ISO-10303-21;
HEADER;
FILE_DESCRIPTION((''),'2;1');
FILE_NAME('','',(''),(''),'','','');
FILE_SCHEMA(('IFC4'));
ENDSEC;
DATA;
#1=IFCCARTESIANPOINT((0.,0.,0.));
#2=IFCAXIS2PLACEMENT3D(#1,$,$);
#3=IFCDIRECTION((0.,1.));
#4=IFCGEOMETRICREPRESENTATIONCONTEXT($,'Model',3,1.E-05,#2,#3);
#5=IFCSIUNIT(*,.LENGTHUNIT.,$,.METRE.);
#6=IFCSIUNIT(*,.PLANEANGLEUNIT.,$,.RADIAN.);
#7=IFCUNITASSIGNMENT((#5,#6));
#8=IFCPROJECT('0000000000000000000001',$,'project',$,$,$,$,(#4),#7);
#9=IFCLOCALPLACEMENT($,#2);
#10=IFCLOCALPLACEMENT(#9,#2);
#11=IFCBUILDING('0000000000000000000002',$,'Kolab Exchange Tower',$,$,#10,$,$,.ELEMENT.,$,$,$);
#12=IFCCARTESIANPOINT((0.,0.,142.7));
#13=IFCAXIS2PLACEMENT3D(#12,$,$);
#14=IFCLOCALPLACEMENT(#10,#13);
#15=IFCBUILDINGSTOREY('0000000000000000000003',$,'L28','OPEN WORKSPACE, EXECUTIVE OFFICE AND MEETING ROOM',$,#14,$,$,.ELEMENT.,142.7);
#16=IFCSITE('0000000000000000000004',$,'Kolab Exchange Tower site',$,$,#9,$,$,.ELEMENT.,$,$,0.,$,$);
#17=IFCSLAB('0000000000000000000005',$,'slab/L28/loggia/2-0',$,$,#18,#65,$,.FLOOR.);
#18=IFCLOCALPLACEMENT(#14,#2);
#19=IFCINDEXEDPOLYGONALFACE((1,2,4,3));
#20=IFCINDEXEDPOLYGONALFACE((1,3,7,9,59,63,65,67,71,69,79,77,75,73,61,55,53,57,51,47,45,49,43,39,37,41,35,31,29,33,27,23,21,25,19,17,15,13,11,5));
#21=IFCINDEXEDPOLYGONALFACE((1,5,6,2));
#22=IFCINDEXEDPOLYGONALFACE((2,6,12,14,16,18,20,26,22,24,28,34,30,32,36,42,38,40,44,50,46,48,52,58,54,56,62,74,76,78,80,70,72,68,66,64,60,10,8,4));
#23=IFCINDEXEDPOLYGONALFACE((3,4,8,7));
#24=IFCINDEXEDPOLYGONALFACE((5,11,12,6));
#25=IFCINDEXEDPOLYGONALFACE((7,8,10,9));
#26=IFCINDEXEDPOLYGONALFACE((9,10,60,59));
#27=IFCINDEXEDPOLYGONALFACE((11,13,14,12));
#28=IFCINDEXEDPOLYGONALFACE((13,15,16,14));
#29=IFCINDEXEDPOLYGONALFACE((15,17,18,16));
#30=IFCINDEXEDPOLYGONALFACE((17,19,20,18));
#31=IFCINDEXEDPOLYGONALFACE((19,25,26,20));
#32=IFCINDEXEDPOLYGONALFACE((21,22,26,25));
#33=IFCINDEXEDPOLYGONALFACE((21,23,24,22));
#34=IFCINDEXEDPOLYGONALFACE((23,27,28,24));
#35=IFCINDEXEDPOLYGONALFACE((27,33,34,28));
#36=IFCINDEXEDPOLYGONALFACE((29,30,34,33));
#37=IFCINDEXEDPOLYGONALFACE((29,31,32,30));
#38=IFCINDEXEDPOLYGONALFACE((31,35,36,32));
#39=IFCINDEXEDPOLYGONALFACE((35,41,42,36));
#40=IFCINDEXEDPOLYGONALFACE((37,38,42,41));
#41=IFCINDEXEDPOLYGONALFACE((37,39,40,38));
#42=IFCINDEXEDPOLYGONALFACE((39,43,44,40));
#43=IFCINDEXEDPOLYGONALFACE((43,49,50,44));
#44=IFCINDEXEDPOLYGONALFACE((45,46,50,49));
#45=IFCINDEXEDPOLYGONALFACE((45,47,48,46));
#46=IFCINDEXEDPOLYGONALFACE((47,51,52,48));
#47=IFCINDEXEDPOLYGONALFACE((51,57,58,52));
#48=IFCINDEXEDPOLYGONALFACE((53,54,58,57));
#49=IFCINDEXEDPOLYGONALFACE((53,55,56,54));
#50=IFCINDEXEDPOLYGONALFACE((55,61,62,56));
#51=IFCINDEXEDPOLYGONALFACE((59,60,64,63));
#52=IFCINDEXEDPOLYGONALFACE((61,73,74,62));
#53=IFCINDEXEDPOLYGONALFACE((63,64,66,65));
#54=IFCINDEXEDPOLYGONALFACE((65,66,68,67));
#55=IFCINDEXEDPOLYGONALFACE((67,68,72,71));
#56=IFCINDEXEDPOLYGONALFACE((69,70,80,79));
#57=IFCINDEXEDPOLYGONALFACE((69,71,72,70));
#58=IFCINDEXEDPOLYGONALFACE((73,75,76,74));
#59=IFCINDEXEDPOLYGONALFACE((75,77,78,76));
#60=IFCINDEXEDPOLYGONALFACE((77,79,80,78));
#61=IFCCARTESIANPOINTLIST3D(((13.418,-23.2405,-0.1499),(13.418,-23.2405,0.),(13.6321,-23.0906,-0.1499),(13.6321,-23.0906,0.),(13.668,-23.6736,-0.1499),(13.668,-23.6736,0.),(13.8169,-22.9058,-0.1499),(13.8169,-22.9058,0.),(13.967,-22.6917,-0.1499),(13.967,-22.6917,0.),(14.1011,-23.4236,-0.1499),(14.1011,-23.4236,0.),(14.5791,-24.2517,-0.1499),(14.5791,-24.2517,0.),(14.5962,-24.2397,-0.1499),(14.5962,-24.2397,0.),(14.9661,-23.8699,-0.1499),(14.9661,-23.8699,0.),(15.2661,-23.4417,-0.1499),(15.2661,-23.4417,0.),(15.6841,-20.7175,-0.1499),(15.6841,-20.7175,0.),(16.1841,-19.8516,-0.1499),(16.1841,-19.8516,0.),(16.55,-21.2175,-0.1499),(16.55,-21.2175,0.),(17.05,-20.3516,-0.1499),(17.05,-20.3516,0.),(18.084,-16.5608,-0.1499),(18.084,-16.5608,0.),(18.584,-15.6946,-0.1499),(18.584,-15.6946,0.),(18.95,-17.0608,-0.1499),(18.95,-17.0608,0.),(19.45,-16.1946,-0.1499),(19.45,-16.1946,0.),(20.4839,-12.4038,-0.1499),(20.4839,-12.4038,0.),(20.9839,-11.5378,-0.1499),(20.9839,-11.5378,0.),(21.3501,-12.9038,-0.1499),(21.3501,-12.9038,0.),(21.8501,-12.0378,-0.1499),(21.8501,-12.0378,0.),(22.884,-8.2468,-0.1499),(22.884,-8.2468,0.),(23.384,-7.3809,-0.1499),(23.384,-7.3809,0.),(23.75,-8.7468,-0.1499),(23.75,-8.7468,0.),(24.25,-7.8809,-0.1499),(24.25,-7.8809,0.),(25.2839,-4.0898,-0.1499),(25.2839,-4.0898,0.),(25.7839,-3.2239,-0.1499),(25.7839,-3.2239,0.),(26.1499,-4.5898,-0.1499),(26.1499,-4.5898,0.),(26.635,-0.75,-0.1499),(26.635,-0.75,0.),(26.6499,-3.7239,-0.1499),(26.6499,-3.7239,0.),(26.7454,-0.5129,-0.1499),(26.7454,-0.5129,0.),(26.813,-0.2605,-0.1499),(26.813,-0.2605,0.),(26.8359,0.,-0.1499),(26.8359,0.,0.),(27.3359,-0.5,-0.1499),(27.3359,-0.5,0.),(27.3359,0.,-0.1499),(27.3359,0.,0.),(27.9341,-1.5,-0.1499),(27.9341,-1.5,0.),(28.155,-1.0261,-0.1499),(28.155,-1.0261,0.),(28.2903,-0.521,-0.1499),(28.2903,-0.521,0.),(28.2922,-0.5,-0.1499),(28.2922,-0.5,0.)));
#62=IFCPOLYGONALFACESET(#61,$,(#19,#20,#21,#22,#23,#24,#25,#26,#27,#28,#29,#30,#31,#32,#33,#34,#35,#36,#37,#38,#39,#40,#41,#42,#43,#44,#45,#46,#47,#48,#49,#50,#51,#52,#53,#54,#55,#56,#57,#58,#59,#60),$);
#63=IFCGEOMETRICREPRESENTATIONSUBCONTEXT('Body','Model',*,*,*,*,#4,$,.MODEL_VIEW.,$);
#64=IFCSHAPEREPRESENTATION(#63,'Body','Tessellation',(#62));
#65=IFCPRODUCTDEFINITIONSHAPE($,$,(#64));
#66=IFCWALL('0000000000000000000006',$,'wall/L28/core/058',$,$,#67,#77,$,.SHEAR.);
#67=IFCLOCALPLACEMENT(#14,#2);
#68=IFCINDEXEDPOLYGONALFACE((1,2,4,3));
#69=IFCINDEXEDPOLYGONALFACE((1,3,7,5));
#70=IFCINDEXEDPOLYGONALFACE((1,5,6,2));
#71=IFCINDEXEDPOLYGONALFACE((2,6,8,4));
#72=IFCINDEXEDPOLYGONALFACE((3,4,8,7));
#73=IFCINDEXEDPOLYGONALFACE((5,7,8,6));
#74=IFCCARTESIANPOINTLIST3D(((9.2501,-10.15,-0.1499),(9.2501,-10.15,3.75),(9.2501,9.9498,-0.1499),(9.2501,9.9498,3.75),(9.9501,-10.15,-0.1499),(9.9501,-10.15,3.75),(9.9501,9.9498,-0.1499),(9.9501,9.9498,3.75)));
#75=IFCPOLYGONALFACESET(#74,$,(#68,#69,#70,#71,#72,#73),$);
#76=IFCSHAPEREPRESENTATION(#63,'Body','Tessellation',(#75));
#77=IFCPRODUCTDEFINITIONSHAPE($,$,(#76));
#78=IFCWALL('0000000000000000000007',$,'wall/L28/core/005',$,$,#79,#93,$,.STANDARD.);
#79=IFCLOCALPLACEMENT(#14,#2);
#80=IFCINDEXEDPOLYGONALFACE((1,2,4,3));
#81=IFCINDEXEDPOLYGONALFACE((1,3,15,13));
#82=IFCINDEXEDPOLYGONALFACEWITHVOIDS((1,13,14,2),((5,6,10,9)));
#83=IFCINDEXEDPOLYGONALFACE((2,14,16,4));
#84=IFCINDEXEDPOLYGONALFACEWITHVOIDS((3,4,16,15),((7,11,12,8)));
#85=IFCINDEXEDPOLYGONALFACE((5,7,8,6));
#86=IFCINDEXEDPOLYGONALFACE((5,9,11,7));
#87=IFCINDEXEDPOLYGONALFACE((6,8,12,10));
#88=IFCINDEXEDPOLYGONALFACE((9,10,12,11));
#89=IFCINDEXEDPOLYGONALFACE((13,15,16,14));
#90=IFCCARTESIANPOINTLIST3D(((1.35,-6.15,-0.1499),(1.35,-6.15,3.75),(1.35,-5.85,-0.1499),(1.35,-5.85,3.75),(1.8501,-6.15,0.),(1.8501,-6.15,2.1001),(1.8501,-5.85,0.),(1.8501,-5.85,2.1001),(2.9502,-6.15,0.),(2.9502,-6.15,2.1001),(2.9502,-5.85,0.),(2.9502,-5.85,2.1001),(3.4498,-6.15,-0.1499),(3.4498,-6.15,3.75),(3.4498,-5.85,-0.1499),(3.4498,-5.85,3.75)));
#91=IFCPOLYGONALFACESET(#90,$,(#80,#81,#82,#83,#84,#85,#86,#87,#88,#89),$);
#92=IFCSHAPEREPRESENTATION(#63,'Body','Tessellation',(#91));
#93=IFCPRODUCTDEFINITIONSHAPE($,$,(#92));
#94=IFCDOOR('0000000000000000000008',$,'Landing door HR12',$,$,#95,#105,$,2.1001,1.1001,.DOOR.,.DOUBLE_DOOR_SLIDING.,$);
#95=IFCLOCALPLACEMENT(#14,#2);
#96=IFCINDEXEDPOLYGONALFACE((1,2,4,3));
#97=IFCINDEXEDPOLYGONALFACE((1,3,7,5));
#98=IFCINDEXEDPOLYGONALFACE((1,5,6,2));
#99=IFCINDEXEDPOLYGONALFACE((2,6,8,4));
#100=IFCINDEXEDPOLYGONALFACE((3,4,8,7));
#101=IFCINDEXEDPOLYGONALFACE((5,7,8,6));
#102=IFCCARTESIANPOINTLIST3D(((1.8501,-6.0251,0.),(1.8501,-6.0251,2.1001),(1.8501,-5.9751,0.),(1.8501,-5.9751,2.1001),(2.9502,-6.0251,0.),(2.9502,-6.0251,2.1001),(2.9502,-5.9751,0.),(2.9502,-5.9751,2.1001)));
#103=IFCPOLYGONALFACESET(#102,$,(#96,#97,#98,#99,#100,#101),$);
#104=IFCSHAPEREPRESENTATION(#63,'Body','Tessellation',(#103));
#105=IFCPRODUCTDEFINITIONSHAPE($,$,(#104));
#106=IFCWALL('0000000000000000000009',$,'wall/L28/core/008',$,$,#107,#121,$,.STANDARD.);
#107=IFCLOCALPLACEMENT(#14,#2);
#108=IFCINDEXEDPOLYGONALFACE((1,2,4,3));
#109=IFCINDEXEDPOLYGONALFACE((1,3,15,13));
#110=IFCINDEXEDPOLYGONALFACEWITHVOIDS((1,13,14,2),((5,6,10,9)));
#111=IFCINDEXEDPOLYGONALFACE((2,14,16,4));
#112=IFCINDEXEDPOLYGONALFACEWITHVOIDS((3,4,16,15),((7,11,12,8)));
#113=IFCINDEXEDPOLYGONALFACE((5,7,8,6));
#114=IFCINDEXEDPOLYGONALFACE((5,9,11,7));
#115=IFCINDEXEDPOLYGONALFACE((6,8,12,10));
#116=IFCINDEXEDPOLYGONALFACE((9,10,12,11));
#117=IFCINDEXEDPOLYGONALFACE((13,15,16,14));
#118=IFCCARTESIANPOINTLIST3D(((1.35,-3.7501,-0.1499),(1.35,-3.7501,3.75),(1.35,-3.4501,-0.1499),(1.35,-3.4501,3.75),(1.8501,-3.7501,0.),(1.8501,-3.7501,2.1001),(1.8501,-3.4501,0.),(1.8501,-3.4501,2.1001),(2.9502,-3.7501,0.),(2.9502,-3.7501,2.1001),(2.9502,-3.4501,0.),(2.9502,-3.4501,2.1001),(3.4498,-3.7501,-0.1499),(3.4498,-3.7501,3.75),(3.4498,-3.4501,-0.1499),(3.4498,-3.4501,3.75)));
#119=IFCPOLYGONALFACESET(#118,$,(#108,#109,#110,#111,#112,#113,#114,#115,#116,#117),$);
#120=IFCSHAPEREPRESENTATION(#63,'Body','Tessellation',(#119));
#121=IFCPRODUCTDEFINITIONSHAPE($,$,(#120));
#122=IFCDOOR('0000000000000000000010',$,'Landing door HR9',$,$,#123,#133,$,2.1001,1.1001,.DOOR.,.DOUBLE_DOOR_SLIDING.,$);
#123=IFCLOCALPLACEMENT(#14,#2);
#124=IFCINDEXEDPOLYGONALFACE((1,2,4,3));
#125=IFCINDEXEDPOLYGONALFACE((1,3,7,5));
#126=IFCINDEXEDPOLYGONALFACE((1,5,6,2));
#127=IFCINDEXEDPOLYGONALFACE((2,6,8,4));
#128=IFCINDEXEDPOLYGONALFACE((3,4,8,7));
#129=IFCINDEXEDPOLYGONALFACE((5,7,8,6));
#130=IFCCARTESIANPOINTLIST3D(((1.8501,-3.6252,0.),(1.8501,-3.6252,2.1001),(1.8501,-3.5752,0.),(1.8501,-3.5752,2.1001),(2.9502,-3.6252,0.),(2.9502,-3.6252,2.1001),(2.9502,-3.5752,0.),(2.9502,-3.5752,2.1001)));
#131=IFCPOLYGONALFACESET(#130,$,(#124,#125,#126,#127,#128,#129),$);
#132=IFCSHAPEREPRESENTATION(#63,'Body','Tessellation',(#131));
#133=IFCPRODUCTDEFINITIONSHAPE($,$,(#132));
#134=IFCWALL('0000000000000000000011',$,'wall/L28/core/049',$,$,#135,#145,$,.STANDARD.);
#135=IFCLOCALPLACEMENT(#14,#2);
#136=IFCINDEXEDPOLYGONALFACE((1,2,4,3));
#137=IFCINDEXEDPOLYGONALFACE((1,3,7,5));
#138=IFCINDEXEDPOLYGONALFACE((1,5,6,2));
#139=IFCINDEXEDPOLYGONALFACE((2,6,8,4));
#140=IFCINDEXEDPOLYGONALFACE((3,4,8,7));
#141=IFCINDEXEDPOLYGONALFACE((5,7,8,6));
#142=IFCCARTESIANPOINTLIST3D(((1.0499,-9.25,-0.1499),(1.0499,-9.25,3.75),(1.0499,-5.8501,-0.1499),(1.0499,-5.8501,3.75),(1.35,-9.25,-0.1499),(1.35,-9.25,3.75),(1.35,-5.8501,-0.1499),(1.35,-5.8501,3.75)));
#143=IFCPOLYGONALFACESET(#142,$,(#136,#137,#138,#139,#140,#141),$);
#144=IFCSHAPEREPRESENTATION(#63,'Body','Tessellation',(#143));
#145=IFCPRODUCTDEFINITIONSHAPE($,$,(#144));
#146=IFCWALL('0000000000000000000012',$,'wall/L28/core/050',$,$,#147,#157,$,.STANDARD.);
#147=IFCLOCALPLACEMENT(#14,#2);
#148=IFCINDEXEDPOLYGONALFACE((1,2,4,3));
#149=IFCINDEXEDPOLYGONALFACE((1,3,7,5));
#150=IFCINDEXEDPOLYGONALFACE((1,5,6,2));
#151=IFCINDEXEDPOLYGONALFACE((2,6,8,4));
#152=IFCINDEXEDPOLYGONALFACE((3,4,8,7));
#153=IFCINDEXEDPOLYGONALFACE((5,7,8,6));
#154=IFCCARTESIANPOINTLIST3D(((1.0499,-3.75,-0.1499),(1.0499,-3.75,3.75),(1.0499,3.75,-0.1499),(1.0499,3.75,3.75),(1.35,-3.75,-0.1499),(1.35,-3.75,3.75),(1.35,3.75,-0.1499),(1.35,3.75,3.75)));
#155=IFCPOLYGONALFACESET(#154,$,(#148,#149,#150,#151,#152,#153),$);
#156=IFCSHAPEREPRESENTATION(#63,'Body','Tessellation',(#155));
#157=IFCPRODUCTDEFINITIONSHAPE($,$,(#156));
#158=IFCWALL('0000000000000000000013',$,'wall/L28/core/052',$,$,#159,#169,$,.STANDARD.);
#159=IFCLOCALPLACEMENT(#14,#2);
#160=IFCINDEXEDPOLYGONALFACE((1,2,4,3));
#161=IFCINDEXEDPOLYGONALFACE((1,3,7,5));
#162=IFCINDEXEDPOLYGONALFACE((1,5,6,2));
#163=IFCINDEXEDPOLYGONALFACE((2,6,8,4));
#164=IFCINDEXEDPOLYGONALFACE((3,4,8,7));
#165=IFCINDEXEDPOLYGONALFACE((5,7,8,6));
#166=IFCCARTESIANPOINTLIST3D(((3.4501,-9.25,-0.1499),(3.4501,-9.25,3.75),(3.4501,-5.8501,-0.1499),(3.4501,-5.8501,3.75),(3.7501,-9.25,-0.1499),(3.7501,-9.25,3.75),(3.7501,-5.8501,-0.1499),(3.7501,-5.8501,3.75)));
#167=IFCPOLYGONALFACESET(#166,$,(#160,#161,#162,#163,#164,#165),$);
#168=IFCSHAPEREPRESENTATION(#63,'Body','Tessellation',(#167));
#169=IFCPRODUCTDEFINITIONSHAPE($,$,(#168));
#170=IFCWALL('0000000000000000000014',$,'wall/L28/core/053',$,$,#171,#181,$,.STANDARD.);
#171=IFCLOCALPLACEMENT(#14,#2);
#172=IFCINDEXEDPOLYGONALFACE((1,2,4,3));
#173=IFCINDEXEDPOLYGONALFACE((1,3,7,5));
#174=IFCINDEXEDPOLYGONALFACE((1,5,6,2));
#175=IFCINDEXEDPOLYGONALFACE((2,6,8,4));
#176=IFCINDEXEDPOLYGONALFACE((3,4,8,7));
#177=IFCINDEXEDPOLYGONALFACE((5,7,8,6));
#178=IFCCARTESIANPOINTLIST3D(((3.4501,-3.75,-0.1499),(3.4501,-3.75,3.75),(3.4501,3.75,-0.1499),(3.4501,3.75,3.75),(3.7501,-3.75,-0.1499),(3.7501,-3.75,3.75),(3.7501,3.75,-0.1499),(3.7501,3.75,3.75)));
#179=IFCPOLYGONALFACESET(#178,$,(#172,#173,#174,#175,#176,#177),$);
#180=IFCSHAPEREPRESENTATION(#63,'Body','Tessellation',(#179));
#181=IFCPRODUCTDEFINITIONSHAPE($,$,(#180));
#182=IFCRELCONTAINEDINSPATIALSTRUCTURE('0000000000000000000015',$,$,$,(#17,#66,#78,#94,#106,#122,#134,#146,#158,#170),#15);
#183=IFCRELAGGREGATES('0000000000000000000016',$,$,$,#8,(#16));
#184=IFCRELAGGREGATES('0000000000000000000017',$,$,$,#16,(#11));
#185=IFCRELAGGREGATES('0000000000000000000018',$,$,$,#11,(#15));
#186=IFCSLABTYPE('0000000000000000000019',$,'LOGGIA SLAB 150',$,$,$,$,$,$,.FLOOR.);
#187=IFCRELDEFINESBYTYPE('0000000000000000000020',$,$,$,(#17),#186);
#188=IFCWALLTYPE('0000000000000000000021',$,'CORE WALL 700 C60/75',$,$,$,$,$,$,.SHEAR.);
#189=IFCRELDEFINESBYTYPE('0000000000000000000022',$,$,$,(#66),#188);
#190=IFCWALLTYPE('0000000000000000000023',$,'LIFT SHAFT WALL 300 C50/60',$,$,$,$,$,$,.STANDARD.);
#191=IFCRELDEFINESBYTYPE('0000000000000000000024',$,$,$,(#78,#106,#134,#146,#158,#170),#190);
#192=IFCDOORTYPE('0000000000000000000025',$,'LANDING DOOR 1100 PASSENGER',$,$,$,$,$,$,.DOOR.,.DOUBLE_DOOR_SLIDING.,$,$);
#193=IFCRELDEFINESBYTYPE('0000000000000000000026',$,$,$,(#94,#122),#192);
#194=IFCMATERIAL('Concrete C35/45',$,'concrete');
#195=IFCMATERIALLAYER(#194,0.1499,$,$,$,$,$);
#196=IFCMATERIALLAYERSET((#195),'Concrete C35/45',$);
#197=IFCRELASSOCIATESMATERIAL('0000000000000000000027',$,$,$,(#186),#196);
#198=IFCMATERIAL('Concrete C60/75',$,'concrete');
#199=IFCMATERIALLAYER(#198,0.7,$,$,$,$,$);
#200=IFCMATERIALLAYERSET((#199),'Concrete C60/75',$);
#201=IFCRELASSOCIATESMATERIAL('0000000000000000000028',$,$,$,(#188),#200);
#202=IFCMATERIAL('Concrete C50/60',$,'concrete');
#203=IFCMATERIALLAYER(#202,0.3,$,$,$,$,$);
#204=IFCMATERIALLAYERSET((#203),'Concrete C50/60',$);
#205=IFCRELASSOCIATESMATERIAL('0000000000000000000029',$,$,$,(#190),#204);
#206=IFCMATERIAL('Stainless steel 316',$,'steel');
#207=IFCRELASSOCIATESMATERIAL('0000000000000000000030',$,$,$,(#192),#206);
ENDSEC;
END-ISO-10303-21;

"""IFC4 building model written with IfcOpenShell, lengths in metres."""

from ifc_helpers import new_model, si_unit, direction, frame, frame_2d, origin, place, context, subcontext, project, spatial, polyline, rectangle, outline, extrude, material, layer, layer_set, type_object, element, fill, save


model = new_model("IFC4")

# Units and contexts
model_context = context("Model", 3, precision=1e-05, world=origin(), true_north=direction((0.0, 1.0)))
body_context = subcontext(model_context, "Body", "Model", "MODEL_VIEW")
ifc_project = project(units=[si_unit("LENGTHUNIT", "METRE"), si_unit("PLANEANGLEUNIT", "RADIAN")], contexts=[model_context])

# Site, building, storey
site_placement = place(None, origin())
site = spatial("IfcSite", under=ifc_project, at=site_placement, Name="Kolab Exchange Tower site", CompositionType="ELEMENT", RefElevation=0.0)
building_placement = place(site_placement, origin())
building = spatial("IfcBuilding", under=site, at=building_placement, Name="Kolab Exchange Tower", CompositionType="ELEMENT")
storey_placement = place(building_placement, frame((0.0, 0.0, 142.7)))
storey = spatial("IfcBuildingStorey", under=building, at=storey_placement, Name="L28", Description="OPEN WORKSPACE, EXECUTIVE OFFICE AND MEETING ROOM", CompositionType="ELEMENT", Elevation=142.7)

# Slab
ifc_material_1 = material(Name="Concrete C35/45", Category="concrete")
ifc_layer_1 = layer(ifc_material_1, 0.1499)
ifc_layer_set_1 = layer_set([ifc_layer_1], Name="Concrete C35/45")
slab_type_1 = type_object("IfcSlabType", Name="LOGGIA SLAB 150", PredefinedType="FLOOR", material=ifc_layer_set_1)
slab_1_placement = place(storey_placement, frame((0.0, 0.0, -0.1499)))
element("IfcSlab", 1, at=slab_1_placement, inside=storey, type_object=slab_type_1, Name="slab/L28/loggia/2-0", PredefinedType="FLOOR", context=body_context, shape_type="SweptSolid", body=[
    extrude(outline(polyline([(15.2661, -23.4417), (16.55, -21.2175), (15.6841, -20.7175), (16.1841, -19.8516), (17.05, -20.3516), (18.95, -17.0608), (18.084, -16.5608), (18.584, -15.6946), (19.45, -16.1946), (21.3501, -12.9038), (20.4839, -12.4038), (20.9839, -11.5378), (21.8501, -12.0378), (23.75, -8.7468), (22.884, -8.2468), (23.384, -7.3809), (24.25, -7.8809), (26.1499, -4.5898), (25.2839, -4.0898), (25.7839, -3.2239), (26.6499, -3.7239), (27.9341, -1.5), (28.155, -1.0261), (28.2903, -0.521), (28.2922, -0.5), (27.3359, -0.5), (27.3359, 0.0), (26.8359, 0.0), (26.813, -0.2605), (26.7454, -0.5129), (26.635, -0.75), (13.967, -22.6917), (13.8169, -22.9058), (13.6321, -23.0906), (13.418, -23.2405), (13.668, -23.6736), (14.1011, -23.4236), (14.5791, -24.2517), (14.5962, -24.2397), (14.9661, -23.8699), (15.2661, -23.4417)])), origin(), (0.0, 0.0, 1.0), 0.1499),
])

# Wall
ifc_material_2 = material(Name="Concrete C60/75", Category="concrete")
ifc_layer_2 = layer(ifc_material_2, 0.7)
ifc_layer_set_2 = layer_set([ifc_layer_2], Name="Concrete C60/75")
wall_type_1 = type_object("IfcWallType", Name="CORE WALL 700 C60/75", PredefinedType="SHEAR", material=ifc_layer_set_2)
wall_1_placement = place(storey_placement, frame((9.6001, -10.1499, -0.1499), z_axis=(0.0, 0.0, 1.0), x_axis=(0.0, 1.0, 0.0)))
element("IfcWall", 2, at=wall_1_placement, inside=storey, type_object=wall_type_1, Name="wall/L28/core/058", PredefinedType="SHEAR", context=body_context, shape_type="SweptSolid", body=[
    extrude(rectangle(XDim=20.0999, YDim=0.7, at=frame_2d((10.0498, 0.0))), origin(), (0.0, 0.0, 1.0), 3.8999),
])

# Walls, openings, doors
ifc_material_3 = material(Name="Concrete C50/60", Category="concrete")
ifc_layer_3 = layer(ifc_material_3, 0.3)
ifc_layer_set_3 = layer_set([ifc_layer_3], Name="Concrete C50/60")
wall_type_2 = type_object("IfcWallType", Name="LIFT SHAFT WALL 300 C50/60", PredefinedType="STANDARD", material=ifc_layer_set_3)
wall_2_placement = place(storey_placement, frame((1.3501, -6.0, -0.1499), z_axis=(0.0, 0.0, 1.0), x_axis=(1.0, 0.0, 0.0)))
wall_2 = element("IfcWall", 3, at=wall_2_placement, inside=storey, type_object=wall_type_2, Name="wall/L28/core/005", PredefinedType="STANDARD", context=body_context, shape_type="SweptSolid", body=[
    extrude(rectangle(XDim=2.0999, YDim=0.3, at=frame_2d((1.0498, 0.0))), origin(), (0.0, 0.0, 1.0), 3.8999),
])
opening_1_placement = place(wall_2_placement, frame((0.5, 0.0, 0.1499)))
opening_1 = element("IfcOpeningElement", 4, at=opening_1_placement, cuts=wall_2, PredefinedType="OPENING", context=body_context, shape_type="SweptSolid", body=[
    extrude(rectangle(XDim=1.1001, YDim=2.1001, at=frame_2d((0.55, 1.05))), frame((0.0, 0.1602, 0.0), z_axis=(0.0, -1.0, 0.0), x_axis=(1.0, 0.0, 0.0)), (0.0, 0.0, 1.0), 0.3201),
])
ifc_material_4 = material(Name="Stainless steel 316", Category="steel")
door_type_1 = type_object("IfcDoorType", Name="LANDING DOOR 1100 PASSENGER", OperationType="DOUBLE_DOOR_SLIDING", PredefinedType="DOOR", material=ifc_material_4)
door_1_placement = place(opening_1_placement, origin())
door_1 = element("IfcDoor", 5, at=door_1_placement, inside=storey, type_object=door_type_1, Name="Landing door HR12", OperationType="DOUBLE_DOOR_SLIDING", OverallHeight=2.1001, OverallWidth=1.1001, PredefinedType="DOOR", context=body_context, shape_type="SweptSolid", body=[
    extrude(rectangle(XDim=1.1001, YDim=2.1001, at=frame_2d((0.55, 1.05))), frame((0.0, 0.0249, 0.0), z_axis=(0.0, -1.0, 0.0), x_axis=(1.0, 0.0, 0.0)), (0.0, 0.0, 1.0), 0.05),
])
fill(opening_1, door_1)
wall_3_placement = place(storey_placement, frame((1.3501, -3.6001, -0.1499), z_axis=(0.0, 0.0, 1.0), x_axis=(1.0, 0.0, 0.0)))
wall_3 = element("IfcWall", 6, at=wall_3_placement, inside=storey, type_object=wall_type_2, Name="wall/L28/core/008", PredefinedType="STANDARD", context=body_context, shape_type="SweptSolid", body=[
    extrude(rectangle(XDim=2.0999, YDim=0.3, at=frame_2d((1.0498, 0.0))), origin(), (0.0, 0.0, 1.0), 3.8999),
])
opening_2_placement = place(wall_3_placement, frame((0.5, 0.0, 0.1499)))
opening_2 = element("IfcOpeningElement", 7, at=opening_2_placement, cuts=wall_3, PredefinedType="OPENING", context=body_context, shape_type="SweptSolid", body=[
    extrude(rectangle(XDim=1.1001, YDim=2.1001, at=frame_2d((0.55, 1.05))), frame((0.0, 0.1602, 0.0), z_axis=(0.0, -1.0, 0.0), x_axis=(1.0, 0.0, 0.0)), (0.0, 0.0, 1.0), 0.3201),
])
door_2_placement = place(opening_2_placement, origin())
door_2 = element("IfcDoor", 8, at=door_2_placement, inside=storey, type_object=door_type_1, Name="Landing door HR9", OperationType="DOUBLE_DOOR_SLIDING", OverallHeight=2.1001, OverallWidth=1.1001, PredefinedType="DOOR", context=body_context, shape_type="SweptSolid", body=[
    extrude(rectangle(XDim=1.1001, YDim=2.1001, at=frame_2d((0.55, 1.05))), frame((0.0, 0.0249, 0.0), z_axis=(0.0, -1.0, 0.0), x_axis=(1.0, 0.0, 0.0)), (0.0, 0.0, 1.0), 0.05),
])
fill(opening_2, door_2)

# Walls
wall_4_placement = place(storey_placement, frame((1.2, -9.25, -0.1499), z_axis=(0.0, 0.0, 1.0), x_axis=(0.0, 1.0, 0.0)))
element("IfcWall", 9, at=wall_4_placement, inside=storey, type_object=wall_type_2, Name="wall/L28/core/049", PredefinedType="STANDARD", context=body_context, shape_type="SweptSolid", body=[
    extrude(rectangle(XDim=3.3999, YDim=0.3, at=frame_2d((1.7, 0.0))), origin(), (0.0, 0.0, 1.0), 3.8999),
])
wall_5_placement = place(storey_placement, frame((1.2, -3.75, -0.1499), z_axis=(0.0, 0.0, 1.0), x_axis=(0.0, 1.0, 0.0)))
element("IfcWall", 10, at=wall_5_placement, inside=storey, type_object=wall_type_2, Name="wall/L28/core/050", PredefinedType="STANDARD", context=body_context, shape_type="SweptSolid", body=[
    extrude(rectangle(XDim=7.5, YDim=0.3, at=frame_2d((3.75, 0.0))), origin(), (0.0, 0.0, 1.0), 3.8999),
])
wall_6_placement = place(storey_placement, frame((3.6001, -9.25, -0.1499), z_axis=(0.0, 0.0, 1.0), x_axis=(0.0, 1.0, 0.0)))
element("IfcWall", 11, at=wall_6_placement, inside=storey, type_object=wall_type_2, Name="wall/L28/core/052", PredefinedType="STANDARD", context=body_context, shape_type="SweptSolid", body=[
    extrude(rectangle(XDim=3.3999, YDim=0.3, at=frame_2d((1.7, 0.0))), origin(), (0.0, 0.0, 1.0), 3.8999),
])
wall_7_placement = place(storey_placement, frame((3.6001, -3.75, -0.1499), z_axis=(0.0, 0.0, 1.0), x_axis=(0.0, 1.0, 0.0)))
element("IfcWall", 12, at=wall_7_placement, inside=storey, type_object=wall_type_2, Name="wall/L28/core/053", PredefinedType="STANDARD", context=body_context, shape_type="SweptSolid", body=[
    extrude(rectangle(XDim=7.5, YDim=0.3, at=frame_2d((3.75, 0.0))), origin(), (0.0, 0.0, 1.0), 3.8999),
])

save(model, "model.ifc")
